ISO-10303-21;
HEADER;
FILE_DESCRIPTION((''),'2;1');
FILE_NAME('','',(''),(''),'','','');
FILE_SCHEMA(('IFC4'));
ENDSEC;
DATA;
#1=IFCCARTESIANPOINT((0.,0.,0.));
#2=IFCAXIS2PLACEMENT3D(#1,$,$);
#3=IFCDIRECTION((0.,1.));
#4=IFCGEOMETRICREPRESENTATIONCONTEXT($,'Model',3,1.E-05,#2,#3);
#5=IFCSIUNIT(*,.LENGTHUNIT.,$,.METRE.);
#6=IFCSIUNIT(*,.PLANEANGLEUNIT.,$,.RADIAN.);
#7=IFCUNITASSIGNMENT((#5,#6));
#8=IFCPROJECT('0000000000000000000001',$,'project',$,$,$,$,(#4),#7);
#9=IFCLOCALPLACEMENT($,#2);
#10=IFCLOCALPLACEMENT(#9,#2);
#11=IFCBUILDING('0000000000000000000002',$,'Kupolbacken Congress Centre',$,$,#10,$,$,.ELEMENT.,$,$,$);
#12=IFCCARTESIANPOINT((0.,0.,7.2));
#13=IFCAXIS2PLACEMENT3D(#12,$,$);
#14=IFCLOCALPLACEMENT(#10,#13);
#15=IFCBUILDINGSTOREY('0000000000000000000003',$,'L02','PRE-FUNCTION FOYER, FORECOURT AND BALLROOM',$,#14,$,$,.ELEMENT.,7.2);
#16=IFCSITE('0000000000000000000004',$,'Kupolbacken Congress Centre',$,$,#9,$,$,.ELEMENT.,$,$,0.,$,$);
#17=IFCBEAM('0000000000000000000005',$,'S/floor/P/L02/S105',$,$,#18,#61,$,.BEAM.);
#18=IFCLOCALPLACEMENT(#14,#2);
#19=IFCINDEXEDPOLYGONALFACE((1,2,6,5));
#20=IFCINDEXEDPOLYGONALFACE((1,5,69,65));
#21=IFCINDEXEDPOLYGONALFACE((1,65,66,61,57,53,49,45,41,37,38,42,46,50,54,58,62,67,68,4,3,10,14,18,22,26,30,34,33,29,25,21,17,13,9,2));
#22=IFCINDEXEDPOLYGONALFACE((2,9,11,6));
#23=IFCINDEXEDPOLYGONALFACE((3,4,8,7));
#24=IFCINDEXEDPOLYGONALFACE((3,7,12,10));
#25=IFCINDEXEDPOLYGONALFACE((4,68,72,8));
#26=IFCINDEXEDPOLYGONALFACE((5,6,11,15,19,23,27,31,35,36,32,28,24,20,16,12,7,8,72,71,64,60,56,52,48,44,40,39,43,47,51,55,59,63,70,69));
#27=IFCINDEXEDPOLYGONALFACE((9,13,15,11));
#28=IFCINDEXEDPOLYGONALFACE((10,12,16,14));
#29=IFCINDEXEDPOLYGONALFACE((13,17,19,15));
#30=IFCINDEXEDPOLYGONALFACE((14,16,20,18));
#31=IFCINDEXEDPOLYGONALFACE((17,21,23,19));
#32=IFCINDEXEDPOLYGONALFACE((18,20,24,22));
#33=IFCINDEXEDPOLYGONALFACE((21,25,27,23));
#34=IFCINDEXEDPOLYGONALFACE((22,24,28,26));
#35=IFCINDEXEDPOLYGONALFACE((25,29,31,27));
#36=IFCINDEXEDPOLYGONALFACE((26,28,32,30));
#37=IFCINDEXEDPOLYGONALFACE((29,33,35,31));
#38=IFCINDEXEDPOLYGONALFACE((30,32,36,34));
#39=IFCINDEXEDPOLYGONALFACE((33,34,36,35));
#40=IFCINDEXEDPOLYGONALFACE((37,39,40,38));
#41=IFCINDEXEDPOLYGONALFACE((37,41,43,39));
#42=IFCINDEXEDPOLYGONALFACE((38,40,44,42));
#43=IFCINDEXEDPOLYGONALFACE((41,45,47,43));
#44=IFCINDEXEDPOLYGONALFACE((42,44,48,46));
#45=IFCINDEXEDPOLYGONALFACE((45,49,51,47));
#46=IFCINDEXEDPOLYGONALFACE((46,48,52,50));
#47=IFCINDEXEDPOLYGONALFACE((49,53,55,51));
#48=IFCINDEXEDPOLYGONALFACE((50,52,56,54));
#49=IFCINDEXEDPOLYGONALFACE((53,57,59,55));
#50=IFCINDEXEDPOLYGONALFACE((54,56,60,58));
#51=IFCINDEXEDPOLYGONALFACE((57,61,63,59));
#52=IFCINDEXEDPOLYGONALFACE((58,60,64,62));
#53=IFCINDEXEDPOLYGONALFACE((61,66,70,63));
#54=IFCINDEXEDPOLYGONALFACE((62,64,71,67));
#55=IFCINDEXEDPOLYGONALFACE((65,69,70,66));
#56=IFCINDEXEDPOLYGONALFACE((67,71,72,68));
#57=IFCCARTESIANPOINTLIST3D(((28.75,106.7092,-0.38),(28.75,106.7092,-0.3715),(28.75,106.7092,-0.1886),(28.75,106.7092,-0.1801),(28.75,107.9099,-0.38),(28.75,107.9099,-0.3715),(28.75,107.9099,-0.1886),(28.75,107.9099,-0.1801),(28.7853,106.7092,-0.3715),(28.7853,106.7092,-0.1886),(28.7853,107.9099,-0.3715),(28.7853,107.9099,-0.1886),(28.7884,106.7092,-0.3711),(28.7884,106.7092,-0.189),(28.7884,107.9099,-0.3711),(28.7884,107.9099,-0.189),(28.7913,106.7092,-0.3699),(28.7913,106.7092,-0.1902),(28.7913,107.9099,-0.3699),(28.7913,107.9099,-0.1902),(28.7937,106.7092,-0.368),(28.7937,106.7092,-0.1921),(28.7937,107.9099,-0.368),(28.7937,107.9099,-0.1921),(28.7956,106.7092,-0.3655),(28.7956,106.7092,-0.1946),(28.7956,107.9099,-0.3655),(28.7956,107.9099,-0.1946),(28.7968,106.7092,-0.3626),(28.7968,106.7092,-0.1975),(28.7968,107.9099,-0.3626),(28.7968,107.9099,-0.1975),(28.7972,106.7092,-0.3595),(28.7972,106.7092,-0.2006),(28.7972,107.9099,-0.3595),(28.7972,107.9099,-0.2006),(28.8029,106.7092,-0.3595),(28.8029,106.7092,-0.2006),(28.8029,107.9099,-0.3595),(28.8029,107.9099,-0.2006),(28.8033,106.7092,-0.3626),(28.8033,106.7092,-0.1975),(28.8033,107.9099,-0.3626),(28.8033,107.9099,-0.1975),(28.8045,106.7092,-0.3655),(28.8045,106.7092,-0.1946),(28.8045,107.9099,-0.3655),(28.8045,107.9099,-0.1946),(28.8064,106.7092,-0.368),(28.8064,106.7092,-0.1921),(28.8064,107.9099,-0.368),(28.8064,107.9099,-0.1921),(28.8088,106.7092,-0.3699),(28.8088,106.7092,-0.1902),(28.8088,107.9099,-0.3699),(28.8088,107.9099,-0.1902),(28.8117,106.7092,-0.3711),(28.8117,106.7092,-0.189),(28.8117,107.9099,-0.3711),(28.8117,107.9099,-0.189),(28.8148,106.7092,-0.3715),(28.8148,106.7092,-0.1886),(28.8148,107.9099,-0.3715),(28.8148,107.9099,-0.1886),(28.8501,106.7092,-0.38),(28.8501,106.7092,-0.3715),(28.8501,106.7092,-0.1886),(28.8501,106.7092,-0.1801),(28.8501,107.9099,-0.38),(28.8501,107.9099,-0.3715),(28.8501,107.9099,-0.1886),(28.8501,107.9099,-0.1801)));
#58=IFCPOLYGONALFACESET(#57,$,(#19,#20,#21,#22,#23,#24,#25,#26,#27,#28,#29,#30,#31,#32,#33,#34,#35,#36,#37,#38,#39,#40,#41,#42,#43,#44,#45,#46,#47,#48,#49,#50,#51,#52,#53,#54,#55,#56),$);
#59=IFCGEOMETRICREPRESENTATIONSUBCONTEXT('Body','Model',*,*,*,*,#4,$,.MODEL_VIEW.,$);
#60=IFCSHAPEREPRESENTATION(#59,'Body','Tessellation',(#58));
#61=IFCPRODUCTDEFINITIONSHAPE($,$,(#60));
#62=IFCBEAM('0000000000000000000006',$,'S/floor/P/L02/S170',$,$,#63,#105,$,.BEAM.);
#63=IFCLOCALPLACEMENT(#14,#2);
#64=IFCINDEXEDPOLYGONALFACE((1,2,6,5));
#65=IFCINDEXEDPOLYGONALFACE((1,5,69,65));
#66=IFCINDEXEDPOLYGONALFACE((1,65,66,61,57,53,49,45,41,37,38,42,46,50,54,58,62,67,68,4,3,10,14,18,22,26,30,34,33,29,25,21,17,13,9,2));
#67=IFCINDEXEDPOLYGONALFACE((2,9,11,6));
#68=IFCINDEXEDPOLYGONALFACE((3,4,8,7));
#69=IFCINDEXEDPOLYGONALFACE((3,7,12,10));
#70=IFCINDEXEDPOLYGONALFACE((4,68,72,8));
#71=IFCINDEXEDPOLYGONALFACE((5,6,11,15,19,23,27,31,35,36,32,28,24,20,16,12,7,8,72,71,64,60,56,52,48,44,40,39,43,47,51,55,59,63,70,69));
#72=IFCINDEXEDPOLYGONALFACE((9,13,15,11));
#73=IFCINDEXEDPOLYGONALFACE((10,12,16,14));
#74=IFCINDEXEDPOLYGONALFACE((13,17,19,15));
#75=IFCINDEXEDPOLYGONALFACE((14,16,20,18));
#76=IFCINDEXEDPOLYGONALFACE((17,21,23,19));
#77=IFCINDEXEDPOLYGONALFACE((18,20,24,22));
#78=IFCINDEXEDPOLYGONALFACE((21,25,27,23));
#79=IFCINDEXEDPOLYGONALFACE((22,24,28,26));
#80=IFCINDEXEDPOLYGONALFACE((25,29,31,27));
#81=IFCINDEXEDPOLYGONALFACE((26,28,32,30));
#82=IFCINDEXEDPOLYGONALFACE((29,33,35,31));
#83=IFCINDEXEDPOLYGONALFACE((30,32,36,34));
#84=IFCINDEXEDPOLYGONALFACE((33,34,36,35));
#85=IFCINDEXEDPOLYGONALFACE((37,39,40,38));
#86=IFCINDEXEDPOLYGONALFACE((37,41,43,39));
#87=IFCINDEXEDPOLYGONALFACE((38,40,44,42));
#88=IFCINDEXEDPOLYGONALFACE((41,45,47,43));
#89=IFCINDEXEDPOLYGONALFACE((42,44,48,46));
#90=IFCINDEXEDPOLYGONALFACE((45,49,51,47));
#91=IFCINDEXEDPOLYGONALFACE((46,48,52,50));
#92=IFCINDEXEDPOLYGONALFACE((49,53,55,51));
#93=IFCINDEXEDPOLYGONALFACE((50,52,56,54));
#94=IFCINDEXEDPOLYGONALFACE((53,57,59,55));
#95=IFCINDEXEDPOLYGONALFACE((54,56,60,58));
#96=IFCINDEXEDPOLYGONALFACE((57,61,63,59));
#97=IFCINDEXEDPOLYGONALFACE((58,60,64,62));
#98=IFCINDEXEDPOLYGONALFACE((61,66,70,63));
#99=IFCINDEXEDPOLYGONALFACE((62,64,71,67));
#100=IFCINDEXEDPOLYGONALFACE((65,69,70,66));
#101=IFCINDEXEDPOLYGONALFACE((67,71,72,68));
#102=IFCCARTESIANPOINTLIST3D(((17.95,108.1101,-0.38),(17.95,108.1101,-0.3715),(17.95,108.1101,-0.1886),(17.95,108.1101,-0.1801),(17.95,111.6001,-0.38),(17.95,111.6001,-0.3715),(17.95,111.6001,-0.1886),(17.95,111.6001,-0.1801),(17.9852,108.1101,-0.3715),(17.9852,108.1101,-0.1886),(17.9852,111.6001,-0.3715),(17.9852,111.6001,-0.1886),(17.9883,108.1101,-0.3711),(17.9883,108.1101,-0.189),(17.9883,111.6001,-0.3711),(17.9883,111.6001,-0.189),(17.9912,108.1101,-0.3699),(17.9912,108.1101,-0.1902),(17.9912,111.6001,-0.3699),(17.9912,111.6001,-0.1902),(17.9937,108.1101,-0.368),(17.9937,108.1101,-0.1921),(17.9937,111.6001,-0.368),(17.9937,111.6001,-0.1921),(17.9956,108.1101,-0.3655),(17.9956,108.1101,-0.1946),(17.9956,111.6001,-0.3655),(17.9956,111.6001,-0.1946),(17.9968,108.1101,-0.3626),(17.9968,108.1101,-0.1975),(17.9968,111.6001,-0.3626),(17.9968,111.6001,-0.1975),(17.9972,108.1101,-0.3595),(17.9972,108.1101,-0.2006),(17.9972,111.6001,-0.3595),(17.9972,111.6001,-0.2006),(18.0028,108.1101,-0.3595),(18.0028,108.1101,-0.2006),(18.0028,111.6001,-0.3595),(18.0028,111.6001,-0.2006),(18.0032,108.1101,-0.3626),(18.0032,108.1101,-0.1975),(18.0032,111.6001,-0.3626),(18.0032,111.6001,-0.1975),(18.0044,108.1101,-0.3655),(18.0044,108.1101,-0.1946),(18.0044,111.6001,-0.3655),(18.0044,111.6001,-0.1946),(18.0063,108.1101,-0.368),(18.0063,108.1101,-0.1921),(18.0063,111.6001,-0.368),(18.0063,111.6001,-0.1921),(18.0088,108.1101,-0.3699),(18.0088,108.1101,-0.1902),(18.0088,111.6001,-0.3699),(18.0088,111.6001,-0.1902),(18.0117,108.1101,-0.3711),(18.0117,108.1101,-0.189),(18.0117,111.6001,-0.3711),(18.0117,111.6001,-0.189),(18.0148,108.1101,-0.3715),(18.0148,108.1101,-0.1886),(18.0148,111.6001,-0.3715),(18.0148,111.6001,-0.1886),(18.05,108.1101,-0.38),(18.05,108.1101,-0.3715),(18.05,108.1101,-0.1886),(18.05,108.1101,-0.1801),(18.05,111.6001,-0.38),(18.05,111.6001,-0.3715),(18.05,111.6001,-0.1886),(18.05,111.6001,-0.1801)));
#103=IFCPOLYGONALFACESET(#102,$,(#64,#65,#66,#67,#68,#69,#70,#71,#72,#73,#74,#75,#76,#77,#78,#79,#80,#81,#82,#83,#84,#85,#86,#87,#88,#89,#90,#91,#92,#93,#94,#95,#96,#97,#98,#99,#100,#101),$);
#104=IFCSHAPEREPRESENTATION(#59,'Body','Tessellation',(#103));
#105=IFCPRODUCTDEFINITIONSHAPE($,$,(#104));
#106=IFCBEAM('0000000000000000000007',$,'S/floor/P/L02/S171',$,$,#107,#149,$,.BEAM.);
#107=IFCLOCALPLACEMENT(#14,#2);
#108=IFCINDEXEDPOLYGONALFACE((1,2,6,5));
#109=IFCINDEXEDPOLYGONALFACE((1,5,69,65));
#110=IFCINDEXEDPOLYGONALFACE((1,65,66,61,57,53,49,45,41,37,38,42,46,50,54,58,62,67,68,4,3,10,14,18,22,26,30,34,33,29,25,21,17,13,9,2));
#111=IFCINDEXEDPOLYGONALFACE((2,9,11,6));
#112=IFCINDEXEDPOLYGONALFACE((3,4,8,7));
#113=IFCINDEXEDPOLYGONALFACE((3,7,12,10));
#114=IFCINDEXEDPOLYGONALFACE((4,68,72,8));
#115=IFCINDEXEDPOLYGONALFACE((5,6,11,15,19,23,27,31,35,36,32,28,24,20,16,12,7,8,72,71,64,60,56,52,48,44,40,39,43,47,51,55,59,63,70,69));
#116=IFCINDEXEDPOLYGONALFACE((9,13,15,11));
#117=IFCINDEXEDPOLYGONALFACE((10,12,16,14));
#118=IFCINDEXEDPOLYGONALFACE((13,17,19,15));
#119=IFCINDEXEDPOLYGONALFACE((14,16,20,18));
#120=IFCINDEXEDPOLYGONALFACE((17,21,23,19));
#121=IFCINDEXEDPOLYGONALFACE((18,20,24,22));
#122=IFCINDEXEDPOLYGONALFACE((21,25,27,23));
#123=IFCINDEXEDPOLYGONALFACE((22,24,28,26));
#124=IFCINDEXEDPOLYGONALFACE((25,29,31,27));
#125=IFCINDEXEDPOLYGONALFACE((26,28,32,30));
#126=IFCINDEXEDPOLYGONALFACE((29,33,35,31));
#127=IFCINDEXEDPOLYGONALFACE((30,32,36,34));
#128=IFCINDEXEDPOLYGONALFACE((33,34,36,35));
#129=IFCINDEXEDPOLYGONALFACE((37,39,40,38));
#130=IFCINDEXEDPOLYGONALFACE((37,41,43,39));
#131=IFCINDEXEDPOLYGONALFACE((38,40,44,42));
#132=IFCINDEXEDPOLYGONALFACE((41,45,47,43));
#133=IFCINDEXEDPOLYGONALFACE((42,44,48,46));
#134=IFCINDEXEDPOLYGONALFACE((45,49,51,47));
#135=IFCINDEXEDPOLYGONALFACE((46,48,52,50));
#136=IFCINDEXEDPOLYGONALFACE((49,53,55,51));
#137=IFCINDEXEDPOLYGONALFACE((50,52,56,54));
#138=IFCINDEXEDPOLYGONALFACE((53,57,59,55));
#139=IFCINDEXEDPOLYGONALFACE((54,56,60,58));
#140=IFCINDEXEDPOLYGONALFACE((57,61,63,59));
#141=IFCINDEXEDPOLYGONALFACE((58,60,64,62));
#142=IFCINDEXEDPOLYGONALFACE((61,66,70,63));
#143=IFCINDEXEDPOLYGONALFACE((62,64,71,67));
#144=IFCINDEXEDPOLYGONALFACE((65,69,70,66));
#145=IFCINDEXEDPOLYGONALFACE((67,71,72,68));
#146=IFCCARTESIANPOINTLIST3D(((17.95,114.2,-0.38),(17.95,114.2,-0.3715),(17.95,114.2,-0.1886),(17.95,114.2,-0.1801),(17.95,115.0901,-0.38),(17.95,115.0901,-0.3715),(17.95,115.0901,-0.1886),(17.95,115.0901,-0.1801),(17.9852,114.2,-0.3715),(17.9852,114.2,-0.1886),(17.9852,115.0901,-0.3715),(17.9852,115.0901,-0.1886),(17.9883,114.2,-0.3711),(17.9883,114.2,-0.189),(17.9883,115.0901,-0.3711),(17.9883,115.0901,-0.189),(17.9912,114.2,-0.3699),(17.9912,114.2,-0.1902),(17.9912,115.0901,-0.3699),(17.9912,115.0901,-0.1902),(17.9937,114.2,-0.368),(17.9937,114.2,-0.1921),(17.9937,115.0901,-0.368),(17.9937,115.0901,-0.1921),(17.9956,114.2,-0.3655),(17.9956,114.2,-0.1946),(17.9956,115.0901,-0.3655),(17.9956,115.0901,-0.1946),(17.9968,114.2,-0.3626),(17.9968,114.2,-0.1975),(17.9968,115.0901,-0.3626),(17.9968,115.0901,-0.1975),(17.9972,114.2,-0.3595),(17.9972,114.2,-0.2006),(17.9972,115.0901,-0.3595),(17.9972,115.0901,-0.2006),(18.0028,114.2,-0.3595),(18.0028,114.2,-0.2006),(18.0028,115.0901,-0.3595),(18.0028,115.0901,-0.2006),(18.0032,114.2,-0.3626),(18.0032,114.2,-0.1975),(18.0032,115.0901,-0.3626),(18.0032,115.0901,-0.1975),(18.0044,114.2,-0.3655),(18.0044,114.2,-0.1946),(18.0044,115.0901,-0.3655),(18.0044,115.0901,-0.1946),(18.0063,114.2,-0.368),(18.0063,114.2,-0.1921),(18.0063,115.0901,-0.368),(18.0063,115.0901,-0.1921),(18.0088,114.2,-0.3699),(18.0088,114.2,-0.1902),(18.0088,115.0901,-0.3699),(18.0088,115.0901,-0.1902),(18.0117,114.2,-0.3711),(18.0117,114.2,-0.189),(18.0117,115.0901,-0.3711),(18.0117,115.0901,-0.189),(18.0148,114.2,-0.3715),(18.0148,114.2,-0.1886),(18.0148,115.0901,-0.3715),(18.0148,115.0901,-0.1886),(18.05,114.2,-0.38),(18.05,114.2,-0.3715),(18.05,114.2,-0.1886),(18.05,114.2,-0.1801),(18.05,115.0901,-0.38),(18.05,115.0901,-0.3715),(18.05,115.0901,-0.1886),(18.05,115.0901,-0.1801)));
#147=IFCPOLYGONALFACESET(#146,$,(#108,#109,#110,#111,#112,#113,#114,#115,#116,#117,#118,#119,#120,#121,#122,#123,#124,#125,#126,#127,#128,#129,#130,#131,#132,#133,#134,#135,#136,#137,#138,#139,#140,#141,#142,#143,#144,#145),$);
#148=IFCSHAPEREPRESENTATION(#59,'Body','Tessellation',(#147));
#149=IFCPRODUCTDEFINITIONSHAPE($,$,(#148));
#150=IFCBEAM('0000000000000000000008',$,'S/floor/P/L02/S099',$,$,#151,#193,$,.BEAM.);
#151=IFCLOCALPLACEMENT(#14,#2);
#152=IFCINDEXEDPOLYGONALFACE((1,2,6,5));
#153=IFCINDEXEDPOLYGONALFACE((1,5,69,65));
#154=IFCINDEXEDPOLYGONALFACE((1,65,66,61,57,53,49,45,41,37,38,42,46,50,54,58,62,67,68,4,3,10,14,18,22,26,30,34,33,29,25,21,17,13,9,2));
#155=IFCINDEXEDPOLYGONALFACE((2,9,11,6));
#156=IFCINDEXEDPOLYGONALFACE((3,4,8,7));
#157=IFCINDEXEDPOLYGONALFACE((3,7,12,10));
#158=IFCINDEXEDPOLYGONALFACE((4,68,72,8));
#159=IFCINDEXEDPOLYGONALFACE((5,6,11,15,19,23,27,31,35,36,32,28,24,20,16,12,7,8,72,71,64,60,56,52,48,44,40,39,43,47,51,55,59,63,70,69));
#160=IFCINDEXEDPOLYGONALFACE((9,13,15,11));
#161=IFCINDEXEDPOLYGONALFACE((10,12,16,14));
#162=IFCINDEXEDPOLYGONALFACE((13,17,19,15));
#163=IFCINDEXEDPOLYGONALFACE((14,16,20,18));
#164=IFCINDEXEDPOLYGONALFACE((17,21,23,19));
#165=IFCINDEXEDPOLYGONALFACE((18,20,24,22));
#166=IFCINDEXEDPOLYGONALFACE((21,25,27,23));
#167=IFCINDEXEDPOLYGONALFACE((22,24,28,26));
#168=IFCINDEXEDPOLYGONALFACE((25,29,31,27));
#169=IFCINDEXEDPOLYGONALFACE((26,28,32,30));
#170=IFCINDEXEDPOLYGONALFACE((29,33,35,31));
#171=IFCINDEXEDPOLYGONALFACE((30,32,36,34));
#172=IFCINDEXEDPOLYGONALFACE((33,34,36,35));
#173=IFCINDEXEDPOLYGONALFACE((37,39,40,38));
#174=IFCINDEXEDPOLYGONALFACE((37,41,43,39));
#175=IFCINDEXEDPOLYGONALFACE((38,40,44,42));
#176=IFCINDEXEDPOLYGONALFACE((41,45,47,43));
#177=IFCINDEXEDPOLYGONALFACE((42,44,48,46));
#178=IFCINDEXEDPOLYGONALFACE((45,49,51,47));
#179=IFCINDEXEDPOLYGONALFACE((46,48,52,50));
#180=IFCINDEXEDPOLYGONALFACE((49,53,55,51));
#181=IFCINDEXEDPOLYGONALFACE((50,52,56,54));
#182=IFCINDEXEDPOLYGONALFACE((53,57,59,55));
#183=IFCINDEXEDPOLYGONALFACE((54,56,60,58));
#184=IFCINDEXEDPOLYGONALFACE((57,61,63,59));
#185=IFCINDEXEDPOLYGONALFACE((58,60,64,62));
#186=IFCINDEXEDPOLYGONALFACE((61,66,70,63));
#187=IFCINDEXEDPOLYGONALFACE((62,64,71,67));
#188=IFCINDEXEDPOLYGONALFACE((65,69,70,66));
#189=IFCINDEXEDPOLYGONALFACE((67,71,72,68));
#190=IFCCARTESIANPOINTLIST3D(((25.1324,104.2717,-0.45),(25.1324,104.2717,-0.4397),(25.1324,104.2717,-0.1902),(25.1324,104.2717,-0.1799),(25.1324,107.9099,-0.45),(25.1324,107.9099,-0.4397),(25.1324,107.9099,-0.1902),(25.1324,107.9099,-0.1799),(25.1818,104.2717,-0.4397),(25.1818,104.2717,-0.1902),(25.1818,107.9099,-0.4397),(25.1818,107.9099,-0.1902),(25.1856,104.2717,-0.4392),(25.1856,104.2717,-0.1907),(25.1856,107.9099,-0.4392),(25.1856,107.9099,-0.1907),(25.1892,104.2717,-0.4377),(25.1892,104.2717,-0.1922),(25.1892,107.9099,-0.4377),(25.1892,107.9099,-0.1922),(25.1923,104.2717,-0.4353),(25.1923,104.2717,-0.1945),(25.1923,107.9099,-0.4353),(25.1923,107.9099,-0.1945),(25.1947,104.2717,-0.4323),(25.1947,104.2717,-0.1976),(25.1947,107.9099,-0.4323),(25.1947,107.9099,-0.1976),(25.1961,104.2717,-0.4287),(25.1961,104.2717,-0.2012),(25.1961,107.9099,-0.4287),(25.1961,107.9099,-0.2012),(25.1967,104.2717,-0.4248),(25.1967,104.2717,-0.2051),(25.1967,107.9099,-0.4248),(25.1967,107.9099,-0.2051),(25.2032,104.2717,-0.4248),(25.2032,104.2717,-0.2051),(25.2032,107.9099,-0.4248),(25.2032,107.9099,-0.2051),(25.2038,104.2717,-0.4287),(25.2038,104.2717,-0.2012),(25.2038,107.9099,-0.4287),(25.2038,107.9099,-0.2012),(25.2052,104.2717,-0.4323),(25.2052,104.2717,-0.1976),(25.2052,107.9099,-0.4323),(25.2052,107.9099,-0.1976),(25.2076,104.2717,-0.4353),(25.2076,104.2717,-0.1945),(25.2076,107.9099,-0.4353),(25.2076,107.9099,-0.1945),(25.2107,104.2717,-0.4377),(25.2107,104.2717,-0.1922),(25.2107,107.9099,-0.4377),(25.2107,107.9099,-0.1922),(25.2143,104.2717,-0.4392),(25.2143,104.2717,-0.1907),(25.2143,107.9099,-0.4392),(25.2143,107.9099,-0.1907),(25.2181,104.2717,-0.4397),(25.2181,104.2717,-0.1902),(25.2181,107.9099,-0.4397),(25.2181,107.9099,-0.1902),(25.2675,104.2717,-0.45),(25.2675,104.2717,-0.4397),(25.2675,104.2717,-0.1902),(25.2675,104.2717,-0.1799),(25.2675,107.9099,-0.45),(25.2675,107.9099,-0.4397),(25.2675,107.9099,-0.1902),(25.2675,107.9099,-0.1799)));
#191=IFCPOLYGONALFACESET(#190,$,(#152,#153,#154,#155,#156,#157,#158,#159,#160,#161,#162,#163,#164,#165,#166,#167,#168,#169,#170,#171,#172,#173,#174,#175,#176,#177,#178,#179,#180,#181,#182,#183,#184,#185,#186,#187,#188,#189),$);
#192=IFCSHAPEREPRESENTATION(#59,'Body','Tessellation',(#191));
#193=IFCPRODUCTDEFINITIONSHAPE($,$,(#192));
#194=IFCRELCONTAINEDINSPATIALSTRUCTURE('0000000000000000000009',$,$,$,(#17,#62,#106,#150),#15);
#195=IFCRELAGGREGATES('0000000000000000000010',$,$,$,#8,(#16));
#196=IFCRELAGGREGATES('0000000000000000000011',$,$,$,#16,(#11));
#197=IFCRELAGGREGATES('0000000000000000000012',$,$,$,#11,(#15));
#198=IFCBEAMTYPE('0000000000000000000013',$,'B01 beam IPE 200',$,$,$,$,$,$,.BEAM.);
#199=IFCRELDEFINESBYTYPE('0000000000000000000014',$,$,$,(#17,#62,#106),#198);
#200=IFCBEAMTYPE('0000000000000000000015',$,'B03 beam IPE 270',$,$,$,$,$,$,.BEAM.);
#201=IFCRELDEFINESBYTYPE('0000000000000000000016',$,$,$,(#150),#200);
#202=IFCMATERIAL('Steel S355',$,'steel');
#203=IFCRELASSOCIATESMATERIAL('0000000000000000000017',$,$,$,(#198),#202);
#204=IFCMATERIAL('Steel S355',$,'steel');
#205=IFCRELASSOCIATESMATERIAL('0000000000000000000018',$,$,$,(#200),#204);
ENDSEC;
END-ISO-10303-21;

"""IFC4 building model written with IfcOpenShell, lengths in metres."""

from ifc_helpers import new_model, si_unit, direction, frame, origin, origin_2d, place, context, subcontext, project, spatial, i_section, extrude, material, material_profile, profile_set, type_object, element, save


model = new_model("IFC4")

# Units and contexts
model_context = context("Model", 3, precision=1e-05, world=origin(), true_north=direction((0.0, 1.0)))
body_context = subcontext(model_context, "Body", "Model", "MODEL_VIEW")
ifc_project = project(units=[si_unit("LENGTHUNIT", "METRE"), si_unit("PLANEANGLEUNIT", "RADIAN")], contexts=[model_context])

# Site, building, storey
site_placement = place(None, origin())
site = spatial("IfcSite", under=ifc_project, at=site_placement, Name="Kupolbacken Congress Centre", CompositionType="ELEMENT", RefElevation=0.0)
building_placement = place(site_placement, origin())
building = spatial("IfcBuilding", under=site, at=building_placement, Name="Kupolbacken Congress Centre", CompositionType="ELEMENT")
storey_placement = place(building_placement, frame((0.0, 0.0, 7.2)))
storey = spatial("IfcBuildingStorey", under=building, at=storey_placement, Name="L02", Description="PRE-FUNCTION FOYER, FORECOURT AND BALLROOM", CompositionType="ELEMENT", Elevation=7.2)

# Beams
ifc_material_1 = material(Name="Steel S355", Category="steel")
ifc_material_profile_1 = material_profile(ifc_material_1, i_section(OverallWidth=0.1001, OverallDepth=0.2, WebThickness=0.0056, FlangeThickness=0.0085, FilletRadius=0.012, at=origin_2d()), Name="IPE 200")
ifc_profile_set_1 = profile_set([ifc_material_profile_1], Name="Steel S355")
beam_type_1 = type_object("IfcBeamType", Name="B01 beam IPE 200", PredefinedType="BEAM", material=ifc_profile_set_1)
beam_1_placement = place(storey_placement, frame((28.8, 106.7092, -0.28), z_axis=(0.0, 1.0, 0.0), x_axis=(-1.0, 0.0, 0.0)))
element("IfcBeam", 1, at=beam_1_placement, inside=storey, type_object=beam_type_1, Name="S/floor/P/L02/S105", PredefinedType="BEAM", context=body_context, shape_type="SweptSolid", body=[
    extrude(i_section(OverallWidth=0.1001, OverallDepth=0.2, WebThickness=0.0056, FlangeThickness=0.0085, FilletRadius=0.012, at=origin_2d()), origin(), (0.0, 0.0, 1.0), 1.2007),
])
beam_2_placement = place(storey_placement, frame((18.0, 108.1101, -0.28), z_axis=(0.0, 1.0, 0.0), x_axis=(-1.0, 0.0, 0.0)))
element("IfcBeam", 2, at=beam_2_placement, inside=storey, type_object=beam_type_1, Name="S/floor/P/L02/S170", PredefinedType="BEAM", context=body_context, shape_type="SweptSolid", body=[
    extrude(i_section(OverallWidth=0.1001, OverallDepth=0.2, WebThickness=0.0056, FlangeThickness=0.0085, FilletRadius=0.012, at=origin_2d()), origin(), (0.0, 0.0, 1.0), 3.49),
])
beam_3_placement = place(storey_placement, frame((18.0, 114.2, -0.28), z_axis=(0.0, 1.0, 0.0), x_axis=(-1.0, 0.0, 0.0)))
element("IfcBeam", 3, at=beam_3_placement, inside=storey, type_object=beam_type_1, Name="S/floor/P/L02/S171", PredefinedType="BEAM", context=body_context, shape_type="SweptSolid", body=[
    extrude(i_section(OverallWidth=0.1001, OverallDepth=0.2, WebThickness=0.0056, FlangeThickness=0.0085, FilletRadius=0.012, at=origin_2d()), origin(), (0.0, 0.0, 1.0), 0.8901),
])
ifc_material_2 = material(Name="Steel S355", Category="steel")
ifc_material_profile_2 = material_profile(ifc_material_2, i_section(OverallWidth=0.135, OverallDepth=0.27, WebThickness=0.0066, FlangeThickness=0.0103, FilletRadius=0.0149, at=origin_2d()), Name="IPE 270")
ifc_profile_set_2 = profile_set([ifc_material_profile_2], Name="Steel S355")
beam_type_2 = type_object("IfcBeamType", Name="B03 beam IPE 270", PredefinedType="BEAM", material=ifc_profile_set_2)
beam_4_placement = place(storey_placement, frame((25.2, 104.2717, -0.3149), z_axis=(0.0, 1.0, 0.0), x_axis=(-1.0, 0.0, 0.0)))
element("IfcBeam", 4, at=beam_4_placement, inside=storey, type_object=beam_type_2, Name="S/floor/P/L02/S099", PredefinedType="BEAM", context=body_context, shape_type="SweptSolid", body=[
    extrude(i_section(OverallWidth=0.135, OverallDepth=0.27, WebThickness=0.0066, FlangeThickness=0.0103, FilletRadius=0.0149, at=origin_2d()), origin(), (0.0, 0.0, 1.0), 3.6382),
])

save(model, "model.ifc")
